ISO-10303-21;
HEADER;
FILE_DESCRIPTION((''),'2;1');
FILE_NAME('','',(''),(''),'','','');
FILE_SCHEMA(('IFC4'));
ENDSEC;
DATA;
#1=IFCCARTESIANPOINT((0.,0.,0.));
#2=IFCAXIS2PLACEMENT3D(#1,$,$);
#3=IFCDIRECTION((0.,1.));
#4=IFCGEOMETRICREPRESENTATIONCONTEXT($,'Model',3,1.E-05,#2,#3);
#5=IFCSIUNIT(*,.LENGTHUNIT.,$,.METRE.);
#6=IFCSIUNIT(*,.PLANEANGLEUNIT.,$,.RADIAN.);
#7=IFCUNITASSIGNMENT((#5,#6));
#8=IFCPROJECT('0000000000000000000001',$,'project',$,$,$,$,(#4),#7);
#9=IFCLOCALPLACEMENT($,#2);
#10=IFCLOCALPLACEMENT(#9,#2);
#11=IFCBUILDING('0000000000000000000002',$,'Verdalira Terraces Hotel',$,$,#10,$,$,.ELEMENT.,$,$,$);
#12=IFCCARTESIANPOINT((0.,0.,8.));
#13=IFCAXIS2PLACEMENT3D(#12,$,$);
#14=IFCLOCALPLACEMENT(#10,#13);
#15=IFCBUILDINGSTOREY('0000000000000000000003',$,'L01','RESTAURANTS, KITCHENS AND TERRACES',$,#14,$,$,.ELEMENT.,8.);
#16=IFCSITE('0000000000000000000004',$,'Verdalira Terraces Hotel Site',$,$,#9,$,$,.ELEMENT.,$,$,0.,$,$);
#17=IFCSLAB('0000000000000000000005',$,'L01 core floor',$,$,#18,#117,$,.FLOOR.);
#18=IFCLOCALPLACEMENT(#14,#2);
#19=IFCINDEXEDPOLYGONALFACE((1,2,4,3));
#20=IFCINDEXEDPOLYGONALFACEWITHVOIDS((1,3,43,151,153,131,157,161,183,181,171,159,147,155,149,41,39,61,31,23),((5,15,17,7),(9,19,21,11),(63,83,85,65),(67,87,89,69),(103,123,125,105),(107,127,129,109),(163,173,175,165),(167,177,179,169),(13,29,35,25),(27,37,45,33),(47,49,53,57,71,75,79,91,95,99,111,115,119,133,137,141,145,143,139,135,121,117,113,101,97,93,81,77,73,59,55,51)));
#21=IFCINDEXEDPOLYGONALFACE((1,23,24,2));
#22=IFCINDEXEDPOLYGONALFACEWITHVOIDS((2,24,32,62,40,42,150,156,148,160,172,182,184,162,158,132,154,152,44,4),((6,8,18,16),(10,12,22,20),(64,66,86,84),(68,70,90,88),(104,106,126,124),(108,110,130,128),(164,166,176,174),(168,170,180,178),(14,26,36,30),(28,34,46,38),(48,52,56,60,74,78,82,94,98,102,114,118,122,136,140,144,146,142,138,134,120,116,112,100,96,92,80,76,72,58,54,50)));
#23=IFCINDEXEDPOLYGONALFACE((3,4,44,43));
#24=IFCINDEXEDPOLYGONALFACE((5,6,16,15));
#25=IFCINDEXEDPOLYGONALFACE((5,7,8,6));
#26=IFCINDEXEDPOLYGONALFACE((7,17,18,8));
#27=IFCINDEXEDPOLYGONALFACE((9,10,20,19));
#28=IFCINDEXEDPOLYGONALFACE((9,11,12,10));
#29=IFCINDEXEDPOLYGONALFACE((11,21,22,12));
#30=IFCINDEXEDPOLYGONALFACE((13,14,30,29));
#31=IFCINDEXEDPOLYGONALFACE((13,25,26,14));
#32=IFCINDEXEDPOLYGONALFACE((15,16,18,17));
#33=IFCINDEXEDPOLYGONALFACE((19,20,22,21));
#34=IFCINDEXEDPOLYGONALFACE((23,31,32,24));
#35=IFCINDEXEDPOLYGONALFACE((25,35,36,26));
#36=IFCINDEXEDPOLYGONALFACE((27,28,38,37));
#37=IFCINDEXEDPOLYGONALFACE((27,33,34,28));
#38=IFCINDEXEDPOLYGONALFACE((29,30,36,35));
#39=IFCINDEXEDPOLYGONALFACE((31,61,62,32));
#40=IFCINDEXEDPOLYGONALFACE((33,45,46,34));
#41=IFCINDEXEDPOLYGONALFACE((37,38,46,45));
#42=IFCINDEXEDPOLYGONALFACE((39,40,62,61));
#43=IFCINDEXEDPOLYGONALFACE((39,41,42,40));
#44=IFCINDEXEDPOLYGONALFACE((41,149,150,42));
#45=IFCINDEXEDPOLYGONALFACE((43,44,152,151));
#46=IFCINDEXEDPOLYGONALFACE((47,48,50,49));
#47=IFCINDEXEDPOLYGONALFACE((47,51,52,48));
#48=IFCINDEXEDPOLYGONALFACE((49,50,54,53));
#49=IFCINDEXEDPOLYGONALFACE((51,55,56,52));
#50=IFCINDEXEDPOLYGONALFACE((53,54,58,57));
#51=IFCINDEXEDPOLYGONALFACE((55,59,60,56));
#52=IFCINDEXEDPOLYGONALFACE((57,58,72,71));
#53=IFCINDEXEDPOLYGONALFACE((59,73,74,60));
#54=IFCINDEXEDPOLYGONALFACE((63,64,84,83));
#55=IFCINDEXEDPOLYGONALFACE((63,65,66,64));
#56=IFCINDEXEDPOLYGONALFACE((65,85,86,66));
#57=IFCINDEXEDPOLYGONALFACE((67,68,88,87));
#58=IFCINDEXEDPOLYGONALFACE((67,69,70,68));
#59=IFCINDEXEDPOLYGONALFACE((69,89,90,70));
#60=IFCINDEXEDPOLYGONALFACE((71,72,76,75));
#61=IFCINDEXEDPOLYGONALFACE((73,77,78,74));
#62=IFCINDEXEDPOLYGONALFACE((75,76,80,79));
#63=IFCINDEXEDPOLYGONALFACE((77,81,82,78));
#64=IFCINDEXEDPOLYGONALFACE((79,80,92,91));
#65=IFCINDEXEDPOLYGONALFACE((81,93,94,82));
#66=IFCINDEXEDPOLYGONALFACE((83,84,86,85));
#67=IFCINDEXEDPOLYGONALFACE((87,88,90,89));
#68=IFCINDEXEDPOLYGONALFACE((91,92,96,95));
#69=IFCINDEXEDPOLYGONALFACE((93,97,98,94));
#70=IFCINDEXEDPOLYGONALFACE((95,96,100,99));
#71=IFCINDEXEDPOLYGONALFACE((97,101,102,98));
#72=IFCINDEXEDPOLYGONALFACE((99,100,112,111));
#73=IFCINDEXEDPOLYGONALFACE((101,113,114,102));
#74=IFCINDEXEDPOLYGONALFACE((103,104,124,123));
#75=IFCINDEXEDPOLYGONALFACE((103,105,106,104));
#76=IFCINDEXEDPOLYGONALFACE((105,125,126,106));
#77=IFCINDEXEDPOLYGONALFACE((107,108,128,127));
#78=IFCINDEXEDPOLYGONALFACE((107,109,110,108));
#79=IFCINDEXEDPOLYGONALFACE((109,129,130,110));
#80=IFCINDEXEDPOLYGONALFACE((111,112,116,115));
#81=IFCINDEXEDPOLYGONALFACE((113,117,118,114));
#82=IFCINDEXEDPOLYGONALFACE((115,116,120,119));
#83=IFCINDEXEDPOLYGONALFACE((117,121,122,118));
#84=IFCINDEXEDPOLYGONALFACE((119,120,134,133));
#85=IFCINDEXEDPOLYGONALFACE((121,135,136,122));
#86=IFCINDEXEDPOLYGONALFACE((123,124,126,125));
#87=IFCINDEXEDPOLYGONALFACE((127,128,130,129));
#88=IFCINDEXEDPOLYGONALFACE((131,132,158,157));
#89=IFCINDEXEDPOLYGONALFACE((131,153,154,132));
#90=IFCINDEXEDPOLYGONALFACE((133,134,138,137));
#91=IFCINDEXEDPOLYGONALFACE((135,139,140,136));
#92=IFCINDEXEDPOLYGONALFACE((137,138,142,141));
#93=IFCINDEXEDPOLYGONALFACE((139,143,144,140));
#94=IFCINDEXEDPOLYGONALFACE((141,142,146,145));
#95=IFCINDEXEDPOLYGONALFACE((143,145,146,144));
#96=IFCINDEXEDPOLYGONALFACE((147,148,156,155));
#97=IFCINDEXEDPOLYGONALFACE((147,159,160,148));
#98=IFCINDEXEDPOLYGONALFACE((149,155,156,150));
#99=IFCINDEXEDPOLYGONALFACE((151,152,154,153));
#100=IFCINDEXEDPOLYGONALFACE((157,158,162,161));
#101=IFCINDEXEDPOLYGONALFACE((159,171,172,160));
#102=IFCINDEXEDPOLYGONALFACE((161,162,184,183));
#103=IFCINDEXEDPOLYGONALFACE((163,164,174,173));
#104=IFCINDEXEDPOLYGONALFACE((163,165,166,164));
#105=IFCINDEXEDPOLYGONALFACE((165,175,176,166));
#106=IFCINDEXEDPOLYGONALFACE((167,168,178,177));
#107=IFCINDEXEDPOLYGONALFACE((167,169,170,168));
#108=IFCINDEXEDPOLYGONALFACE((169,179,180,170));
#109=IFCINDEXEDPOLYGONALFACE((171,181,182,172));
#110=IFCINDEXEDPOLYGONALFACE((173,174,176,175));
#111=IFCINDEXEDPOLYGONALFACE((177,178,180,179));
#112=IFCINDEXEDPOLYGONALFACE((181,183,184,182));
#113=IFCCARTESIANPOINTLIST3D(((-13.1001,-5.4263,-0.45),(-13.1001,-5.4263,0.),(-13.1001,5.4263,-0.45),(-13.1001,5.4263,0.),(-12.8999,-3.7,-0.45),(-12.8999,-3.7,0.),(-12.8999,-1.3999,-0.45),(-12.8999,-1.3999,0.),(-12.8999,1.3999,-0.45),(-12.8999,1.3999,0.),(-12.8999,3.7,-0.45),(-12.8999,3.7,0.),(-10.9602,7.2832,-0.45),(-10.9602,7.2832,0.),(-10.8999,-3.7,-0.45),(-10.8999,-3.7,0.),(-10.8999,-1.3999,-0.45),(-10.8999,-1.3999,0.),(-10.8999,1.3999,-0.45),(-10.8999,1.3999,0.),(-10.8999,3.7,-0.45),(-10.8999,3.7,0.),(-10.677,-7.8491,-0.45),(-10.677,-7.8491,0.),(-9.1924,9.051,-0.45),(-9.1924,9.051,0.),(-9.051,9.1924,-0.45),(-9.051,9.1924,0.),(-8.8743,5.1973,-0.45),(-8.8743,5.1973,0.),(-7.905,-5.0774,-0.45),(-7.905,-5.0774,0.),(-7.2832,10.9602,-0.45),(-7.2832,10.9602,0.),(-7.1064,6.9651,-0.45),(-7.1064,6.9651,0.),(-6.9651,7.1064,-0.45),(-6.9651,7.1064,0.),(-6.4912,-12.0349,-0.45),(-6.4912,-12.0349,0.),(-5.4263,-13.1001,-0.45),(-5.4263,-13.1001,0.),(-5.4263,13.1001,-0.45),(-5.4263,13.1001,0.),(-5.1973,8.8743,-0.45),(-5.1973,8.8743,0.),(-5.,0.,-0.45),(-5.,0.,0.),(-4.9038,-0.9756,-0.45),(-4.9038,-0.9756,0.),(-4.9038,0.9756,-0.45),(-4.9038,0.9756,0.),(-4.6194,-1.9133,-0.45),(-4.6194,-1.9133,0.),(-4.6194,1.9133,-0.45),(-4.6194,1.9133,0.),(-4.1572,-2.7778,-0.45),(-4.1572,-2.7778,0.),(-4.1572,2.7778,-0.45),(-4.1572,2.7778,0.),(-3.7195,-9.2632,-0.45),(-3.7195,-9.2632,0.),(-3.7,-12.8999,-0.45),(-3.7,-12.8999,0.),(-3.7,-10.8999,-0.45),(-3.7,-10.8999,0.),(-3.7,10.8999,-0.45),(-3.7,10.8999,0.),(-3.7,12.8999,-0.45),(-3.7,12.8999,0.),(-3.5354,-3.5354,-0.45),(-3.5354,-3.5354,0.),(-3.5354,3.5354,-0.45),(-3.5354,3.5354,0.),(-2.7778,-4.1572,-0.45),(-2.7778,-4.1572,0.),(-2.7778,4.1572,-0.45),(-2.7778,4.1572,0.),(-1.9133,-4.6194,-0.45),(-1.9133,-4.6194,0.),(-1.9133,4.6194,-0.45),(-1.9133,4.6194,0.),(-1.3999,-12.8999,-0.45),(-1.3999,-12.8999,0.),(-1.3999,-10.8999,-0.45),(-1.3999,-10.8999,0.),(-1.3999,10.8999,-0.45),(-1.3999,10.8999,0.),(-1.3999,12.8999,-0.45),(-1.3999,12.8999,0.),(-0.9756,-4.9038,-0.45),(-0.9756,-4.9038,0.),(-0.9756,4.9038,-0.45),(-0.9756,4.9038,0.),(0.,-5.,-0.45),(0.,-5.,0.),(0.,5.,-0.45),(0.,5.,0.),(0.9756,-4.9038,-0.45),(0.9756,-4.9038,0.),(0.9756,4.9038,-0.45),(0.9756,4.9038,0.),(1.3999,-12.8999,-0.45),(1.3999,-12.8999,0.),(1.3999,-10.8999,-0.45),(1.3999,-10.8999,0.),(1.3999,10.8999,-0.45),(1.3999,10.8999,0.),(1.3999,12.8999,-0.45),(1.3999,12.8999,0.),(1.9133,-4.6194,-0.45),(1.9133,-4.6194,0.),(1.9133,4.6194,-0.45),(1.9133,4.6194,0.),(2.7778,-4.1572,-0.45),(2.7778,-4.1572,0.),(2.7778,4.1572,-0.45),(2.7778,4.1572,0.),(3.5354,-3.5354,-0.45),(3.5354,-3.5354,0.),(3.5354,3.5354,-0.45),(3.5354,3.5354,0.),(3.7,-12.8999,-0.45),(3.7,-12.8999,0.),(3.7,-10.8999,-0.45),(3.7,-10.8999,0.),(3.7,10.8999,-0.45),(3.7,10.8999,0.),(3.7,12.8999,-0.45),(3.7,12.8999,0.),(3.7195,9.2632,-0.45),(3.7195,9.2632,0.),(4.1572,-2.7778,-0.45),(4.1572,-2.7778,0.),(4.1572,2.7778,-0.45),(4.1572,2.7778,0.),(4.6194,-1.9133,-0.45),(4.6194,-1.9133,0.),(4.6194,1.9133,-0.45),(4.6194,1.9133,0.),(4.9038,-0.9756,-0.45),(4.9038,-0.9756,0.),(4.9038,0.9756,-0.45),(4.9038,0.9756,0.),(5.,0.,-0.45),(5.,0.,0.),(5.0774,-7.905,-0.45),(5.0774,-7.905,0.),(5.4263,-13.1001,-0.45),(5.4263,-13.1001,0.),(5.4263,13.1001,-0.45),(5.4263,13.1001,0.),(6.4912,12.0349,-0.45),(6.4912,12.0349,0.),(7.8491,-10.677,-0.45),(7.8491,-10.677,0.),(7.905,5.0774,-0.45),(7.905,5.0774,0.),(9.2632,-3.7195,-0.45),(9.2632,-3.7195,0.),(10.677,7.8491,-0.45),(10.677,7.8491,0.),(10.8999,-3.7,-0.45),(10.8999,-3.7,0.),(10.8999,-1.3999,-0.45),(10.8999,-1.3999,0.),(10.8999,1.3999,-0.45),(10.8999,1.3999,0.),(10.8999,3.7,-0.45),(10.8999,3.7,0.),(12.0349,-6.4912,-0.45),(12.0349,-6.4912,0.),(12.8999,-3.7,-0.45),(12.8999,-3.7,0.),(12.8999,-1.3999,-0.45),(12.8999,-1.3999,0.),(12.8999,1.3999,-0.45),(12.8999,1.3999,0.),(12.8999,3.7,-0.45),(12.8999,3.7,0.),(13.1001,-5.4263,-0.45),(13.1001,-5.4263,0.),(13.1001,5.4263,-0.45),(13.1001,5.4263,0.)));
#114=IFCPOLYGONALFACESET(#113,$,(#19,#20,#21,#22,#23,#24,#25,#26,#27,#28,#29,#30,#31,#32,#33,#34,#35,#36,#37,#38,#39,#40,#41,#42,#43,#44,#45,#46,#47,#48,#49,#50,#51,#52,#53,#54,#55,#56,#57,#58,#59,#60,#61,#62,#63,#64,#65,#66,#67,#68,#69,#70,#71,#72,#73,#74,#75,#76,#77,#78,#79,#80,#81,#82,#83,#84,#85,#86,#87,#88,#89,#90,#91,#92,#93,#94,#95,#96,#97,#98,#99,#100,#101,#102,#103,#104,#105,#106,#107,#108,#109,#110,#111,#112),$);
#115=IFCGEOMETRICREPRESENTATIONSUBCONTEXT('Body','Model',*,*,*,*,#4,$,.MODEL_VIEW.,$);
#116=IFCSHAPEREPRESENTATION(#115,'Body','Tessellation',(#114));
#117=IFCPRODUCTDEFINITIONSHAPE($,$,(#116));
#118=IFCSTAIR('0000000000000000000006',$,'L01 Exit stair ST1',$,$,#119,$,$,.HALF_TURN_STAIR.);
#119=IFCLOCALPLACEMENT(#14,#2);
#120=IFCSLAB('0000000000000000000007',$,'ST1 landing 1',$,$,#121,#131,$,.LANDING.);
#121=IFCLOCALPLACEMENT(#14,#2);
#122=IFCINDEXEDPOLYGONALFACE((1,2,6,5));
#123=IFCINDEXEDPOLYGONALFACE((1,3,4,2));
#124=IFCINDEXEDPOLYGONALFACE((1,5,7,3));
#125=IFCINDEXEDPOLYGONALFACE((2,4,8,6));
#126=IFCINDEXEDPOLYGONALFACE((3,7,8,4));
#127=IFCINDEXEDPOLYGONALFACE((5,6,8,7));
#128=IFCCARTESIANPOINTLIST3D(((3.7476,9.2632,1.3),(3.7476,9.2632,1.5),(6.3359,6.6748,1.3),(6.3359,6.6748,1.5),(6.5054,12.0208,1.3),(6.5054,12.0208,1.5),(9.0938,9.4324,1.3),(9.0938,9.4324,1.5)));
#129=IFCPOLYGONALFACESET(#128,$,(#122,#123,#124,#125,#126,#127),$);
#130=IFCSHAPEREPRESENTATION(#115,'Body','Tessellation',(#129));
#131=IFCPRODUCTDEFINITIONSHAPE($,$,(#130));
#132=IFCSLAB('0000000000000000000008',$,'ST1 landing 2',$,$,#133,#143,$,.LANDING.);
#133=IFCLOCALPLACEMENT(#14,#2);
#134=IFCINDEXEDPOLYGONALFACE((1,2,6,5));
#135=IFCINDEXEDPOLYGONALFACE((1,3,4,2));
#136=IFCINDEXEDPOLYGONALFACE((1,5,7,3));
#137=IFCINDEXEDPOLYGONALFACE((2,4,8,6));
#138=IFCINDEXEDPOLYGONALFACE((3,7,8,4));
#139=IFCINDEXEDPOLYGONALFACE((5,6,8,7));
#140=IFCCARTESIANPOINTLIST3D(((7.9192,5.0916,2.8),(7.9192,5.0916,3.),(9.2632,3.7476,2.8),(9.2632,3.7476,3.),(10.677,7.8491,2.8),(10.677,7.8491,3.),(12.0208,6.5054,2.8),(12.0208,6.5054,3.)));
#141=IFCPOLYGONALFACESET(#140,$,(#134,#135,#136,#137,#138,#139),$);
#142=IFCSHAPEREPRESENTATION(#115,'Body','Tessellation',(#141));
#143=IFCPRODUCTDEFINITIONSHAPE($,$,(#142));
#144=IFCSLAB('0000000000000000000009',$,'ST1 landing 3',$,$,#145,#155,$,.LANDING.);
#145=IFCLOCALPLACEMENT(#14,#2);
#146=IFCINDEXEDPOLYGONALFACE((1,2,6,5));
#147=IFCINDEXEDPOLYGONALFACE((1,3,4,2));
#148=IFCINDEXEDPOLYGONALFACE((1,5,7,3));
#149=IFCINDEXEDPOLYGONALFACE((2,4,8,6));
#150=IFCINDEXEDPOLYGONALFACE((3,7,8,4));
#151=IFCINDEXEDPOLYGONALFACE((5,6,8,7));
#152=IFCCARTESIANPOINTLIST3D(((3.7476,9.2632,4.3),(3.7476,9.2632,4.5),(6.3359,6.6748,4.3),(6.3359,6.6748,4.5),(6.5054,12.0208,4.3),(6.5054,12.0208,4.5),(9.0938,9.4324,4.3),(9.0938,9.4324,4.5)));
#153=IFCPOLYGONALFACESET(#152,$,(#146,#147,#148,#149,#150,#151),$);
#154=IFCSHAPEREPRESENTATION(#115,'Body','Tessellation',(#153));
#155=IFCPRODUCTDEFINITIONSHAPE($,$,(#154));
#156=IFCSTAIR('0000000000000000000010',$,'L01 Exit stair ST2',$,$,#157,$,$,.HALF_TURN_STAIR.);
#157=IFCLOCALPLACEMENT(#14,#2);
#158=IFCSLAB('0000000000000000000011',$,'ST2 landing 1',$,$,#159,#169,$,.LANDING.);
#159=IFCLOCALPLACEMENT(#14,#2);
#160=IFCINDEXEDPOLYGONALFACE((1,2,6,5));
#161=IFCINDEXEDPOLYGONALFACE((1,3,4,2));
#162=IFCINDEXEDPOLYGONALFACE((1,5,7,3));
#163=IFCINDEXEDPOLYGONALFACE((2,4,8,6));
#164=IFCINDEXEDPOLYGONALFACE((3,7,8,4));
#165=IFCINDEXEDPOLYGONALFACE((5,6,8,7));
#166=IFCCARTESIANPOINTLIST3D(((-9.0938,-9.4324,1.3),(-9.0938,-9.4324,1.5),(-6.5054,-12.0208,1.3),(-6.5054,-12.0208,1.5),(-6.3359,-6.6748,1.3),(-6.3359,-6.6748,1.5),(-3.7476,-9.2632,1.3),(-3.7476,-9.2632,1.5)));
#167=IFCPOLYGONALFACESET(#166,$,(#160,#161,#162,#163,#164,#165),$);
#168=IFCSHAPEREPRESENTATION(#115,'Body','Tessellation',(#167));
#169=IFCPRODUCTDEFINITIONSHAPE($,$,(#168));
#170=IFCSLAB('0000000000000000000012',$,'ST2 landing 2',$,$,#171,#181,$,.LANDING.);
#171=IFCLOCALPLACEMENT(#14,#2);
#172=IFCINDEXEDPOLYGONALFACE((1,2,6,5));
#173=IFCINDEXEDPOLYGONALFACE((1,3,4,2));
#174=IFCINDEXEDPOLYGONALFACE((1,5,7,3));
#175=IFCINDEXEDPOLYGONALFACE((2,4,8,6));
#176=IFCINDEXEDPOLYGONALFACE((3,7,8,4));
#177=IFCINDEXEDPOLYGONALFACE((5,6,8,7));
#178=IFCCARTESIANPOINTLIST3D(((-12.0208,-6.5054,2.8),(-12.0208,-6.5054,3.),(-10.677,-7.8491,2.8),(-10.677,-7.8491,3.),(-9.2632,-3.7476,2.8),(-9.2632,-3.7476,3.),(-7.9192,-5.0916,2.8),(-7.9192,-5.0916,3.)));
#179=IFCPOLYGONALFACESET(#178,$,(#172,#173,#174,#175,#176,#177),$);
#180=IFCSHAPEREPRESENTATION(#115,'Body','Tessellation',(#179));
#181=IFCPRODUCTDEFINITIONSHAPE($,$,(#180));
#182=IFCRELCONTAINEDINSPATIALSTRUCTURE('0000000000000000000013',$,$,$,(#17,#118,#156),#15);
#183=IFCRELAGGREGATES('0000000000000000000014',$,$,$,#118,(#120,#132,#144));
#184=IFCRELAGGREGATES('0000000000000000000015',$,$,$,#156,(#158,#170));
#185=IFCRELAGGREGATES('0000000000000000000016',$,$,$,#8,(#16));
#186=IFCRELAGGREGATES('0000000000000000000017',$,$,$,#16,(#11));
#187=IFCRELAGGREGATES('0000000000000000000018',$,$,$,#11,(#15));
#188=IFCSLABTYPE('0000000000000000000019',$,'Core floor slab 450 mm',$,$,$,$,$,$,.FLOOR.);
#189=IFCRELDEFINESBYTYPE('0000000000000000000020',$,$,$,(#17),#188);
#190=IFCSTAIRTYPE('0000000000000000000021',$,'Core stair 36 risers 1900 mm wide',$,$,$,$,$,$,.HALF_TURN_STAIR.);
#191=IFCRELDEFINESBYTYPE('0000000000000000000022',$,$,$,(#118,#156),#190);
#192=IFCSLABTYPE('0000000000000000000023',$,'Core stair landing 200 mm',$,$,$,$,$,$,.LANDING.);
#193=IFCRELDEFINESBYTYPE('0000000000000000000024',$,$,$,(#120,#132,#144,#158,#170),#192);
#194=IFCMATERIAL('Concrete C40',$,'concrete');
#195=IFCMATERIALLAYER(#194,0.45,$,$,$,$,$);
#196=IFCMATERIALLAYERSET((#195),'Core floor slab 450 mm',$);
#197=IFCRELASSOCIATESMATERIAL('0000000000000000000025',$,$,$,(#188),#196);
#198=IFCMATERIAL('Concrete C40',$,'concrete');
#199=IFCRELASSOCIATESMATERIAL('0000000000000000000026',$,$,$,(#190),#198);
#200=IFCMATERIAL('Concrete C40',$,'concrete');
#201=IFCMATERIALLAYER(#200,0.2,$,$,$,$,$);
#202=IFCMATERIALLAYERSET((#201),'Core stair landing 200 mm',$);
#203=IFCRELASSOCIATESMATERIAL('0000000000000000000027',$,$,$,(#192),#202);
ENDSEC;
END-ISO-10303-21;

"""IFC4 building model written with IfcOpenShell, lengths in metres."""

from ifc_helpers import new_model, si_unit, direction, frame, origin, place, context, subcontext, project, spatial, polyline, outline, extrude, material, layer, layer_set, type_object, element, aggregate, save


model = new_model("IFC4")

# Units and contexts
model_context = context("Model", 3, precision=1e-05, world=origin(), true_north=direction((0.0, 1.0)))
body_context = subcontext(model_context, "Body", "Model", "MODEL_VIEW")
ifc_project = project(units=[si_unit("LENGTHUNIT", "METRE"), si_unit("PLANEANGLEUNIT", "RADIAN")], contexts=[model_context])

# Site, building, storey
site_placement = place(None, origin())
site = spatial("IfcSite", under=ifc_project, at=site_placement, Name="Verdalira Terraces Hotel Site", CompositionType="ELEMENT", RefElevation=0.0)
building_placement = place(site_placement, origin())
building = spatial("IfcBuilding", under=site, at=building_placement, Name="Verdalira Terraces Hotel", CompositionType="ELEMENT")
storey_placement = place(building_placement, frame((0.0, 0.0, 8.0)))
storey = spatial("IfcBuildingStorey", under=building, at=storey_placement, Name="L01", Description="RESTAURANTS, KITCHENS AND TERRACES", CompositionType="ELEMENT", Elevation=8.0)

# Slab
ifc_material_1 = material(Name="Concrete C40", Category="concrete")
ifc_layer_1 = layer(ifc_material_1, 0.45)
ifc_layer_set_1 = layer_set([ifc_layer_1], Name="Core floor slab 450 mm")
slab_type_1 = type_object("IfcSlabType", Name="Core floor slab 450 mm", PredefinedType="FLOOR", material=ifc_layer_set_1)
slab_1_placement = place(storey_placement, frame((0.0, 0.0, -0.45)))
element("IfcSlab", 1, at=slab_1_placement, inside=storey, type_object=slab_type_1, Name="L01 core floor", PredefinedType="FLOOR", context=body_context, shape_type="SweptSolid", body=[
    extrude(outline(polyline([(-5.4263, 13.1001), (5.4263, 13.1001), (6.4912, 12.0349), (3.7195, 9.2632), (7.905, 5.0774), (10.677, 7.8491), (13.1001, 5.4263), (13.1001, -5.4263), (12.0349, -6.4912), (9.2632, -3.7195), (5.0774, -7.905), (7.8491, -10.677), (5.4263, -13.1001), (-5.4263, -13.1001), (-6.4912, -12.0349), (-3.7195, -9.2632), (-7.905, -5.0774), (-10.677, -7.8491), (-13.1001, -5.4263), (-13.1001, 5.4263), (-5.4263, 13.1001)]), holes=[polyline([(12.8999, -3.7), (12.8999, -1.3999), (10.8999, -1.3999), (10.8999, -3.7), (12.8999, -3.7)]), polyline([(12.8999, 1.3999), (12.8999, 3.7), (10.8999, 3.7), (10.8999, 1.3999), (12.8999, 1.3999)]), polyline([(1.3999, 10.8999), (3.7, 10.8999), (3.7, 12.8999), (1.3999, 12.8999), (1.3999, 10.8999)]), polyline([(-3.7, 10.8999), (-1.3999, 10.8999), (-1.3999, 12.8999), (-3.7, 12.8999), (-3.7, 10.8999)]), polyline([(-12.8999, 3.7), (-12.8999, 1.3999), (-10.8999, 1.3999), (-10.8999, 3.7), (-12.8999, 3.7)]), polyline([(-12.8999, -1.3999), (-12.8999, -3.7), (-10.8999, -3.7), (-10.8999, -1.3999), (-12.8999, -1.3999)]), polyline([(-1.3999, -10.8999), (-3.7, -10.8999), (-3.7, -12.8999), (-1.3999, -12.8999), (-1.3999, -10.8999)]), polyline([(3.7, -10.8999), (1.3999, -10.8999), (1.3999, -12.8999), (3.7, -12.8999), (3.7, -10.8999)]), polyline([(-9.051, 9.1924), (-6.9651, 7.1064), (-5.1973, 8.8743), (-7.2832, 10.9602), (-9.051, 9.1924)]), polyline([(-9.1924, 9.051), (-10.9602, 7.2832), (-8.8743, 5.1973), (-7.1064, 6.9651), (-9.1924, 9.051)]), polyline([(3.5354, 3.5354), (2.7778, 4.1572), (1.9133, 4.6194), (0.9756, 4.9038), (0.0, 5.0), (-0.9756, 4.9038), (-1.9133, 4.6194), (-2.7778, 4.1572), (-3.5354, 3.5354), (-4.1572, 2.7778), (-4.6194, 1.9133), (-4.9038, 0.9756), (-5.0, 0.0), (-4.9038, -0.9756), (-4.6194, -1.9133), (-4.1572, -2.7778), (-3.5354, -3.5354), (-2.7778, -4.1572), (-1.9133, -4.6194), (-0.9756, -4.9038), (0.0, -5.0), (0.9756, -4.9038), (1.9133, -4.6194), (2.7778, -4.1572), (3.5354, -3.5354), (4.1572, -2.7778), (4.6194, -1.9133), (4.9038, -0.9756), (5.0, 0.0), (4.9038, 0.9756), (4.6194, 1.9133), (4.1572, 2.7778), (3.5354, 3.5354)])]), origin(), (0.0, 0.0, 1.0), 0.45),
])

# Stairs, slabs
ifc_material_2 = material(Name="Concrete C40", Category="concrete")
stair_type_1 = type_object("IfcStairType", Name="Core stair 36 risers 1900 mm wide", PredefinedType="HALF_TURN_STAIR", material=ifc_material_2)
stair_1_placement = place(storey_placement, origin())
stair_1 = element("IfcStair", 2, at=stair_1_placement, inside=storey, type_object=stair_type_1, Name="L01 Exit stair ST1", PredefinedType="HALF_TURN_STAIR")
ifc_material_3 = material(Name="Concrete C40", Category="concrete")
ifc_layer_2 = layer(ifc_material_3, 0.2)
ifc_layer_set_2 = layer_set([ifc_layer_2], Name="Core stair landing 200 mm")
slab_type_2 = type_object("IfcSlabType", Name="Core stair landing 200 mm", PredefinedType="LANDING", material=ifc_layer_set_2)
slab_2_placement = place(storey_placement, frame((0.0, 0.0, 1.3)))
slab_2 = element("IfcSlab", 3, at=slab_2_placement, type_object=slab_type_2, Name="ST1 landing 1", PredefinedType="LANDING", context=body_context, shape_type="SweptSolid", body=[
    extrude(outline(polyline([(9.0938, 9.4324), (6.5054, 12.0208), (3.7476, 9.2632), (6.3359, 6.6748), (9.0938, 9.4324)])), origin(), (0.0, 0.0, 1.0), 0.2),
])
slab_3_placement = place(storey_placement, frame((0.0, 0.0, 2.8)))
slab_3 = element("IfcSlab", 4, at=slab_3_placement, type_object=slab_type_2, Name="ST1 landing 2", PredefinedType="LANDING", context=body_context, shape_type="SweptSolid", body=[
    extrude(outline(polyline([(12.0208, 6.5054), (10.677, 7.8491), (7.9192, 5.0916), (9.2632, 3.7476), (12.0208, 6.5054)])), origin(), (0.0, 0.0, 1.0), 0.2),
])
slab_4_placement = place(storey_placement, frame((0.0, 0.0, 4.3)))
slab_4 = element("IfcSlab", 5, at=slab_4_placement, type_object=slab_type_2, Name="ST1 landing 3", PredefinedType="LANDING", context=body_context, shape_type="SweptSolid", body=[
    extrude(outline(polyline([(9.0938, 9.4324), (6.5054, 12.0208), (3.7476, 9.2632), (6.3359, 6.6748), (9.0938, 9.4324)])), origin(), (0.0, 0.0, 1.0), 0.2),
])
aggregate(stair_1, [slab_2, slab_3, slab_4])
stair_2_placement = place(storey_placement, origin())
stair_2 = element("IfcStair", 6, at=stair_2_placement, inside=storey, type_object=stair_type_1, Name="L01 Exit stair ST2", PredefinedType="HALF_TURN_STAIR")
slab_5_placement = place(storey_placement, frame((0.0, 0.0, 1.3)))
slab_5 = element("IfcSlab", 7, at=slab_5_placement, type_object=slab_type_2, Name="ST2 landing 1", PredefinedType="LANDING", context=body_context, shape_type="SweptSolid", body=[
    extrude(outline(polyline([(-9.0938, -9.4324), (-6.5054, -12.0208), (-3.7476, -9.2632), (-6.3359, -6.6748), (-9.0938, -9.4324)])), origin(), (0.0, 0.0, 1.0), 0.2),
])
slab_6_placement = place(storey_placement, frame((0.0, 0.0, 2.8)))
slab_6 = element("IfcSlab", 8, at=slab_6_placement, type_object=slab_type_2, Name="ST2 landing 2", PredefinedType="LANDING", context=body_context, shape_type="SweptSolid", body=[
    extrude(outline(polyline([(-12.0208, -6.5054), (-10.677, -7.8491), (-7.9192, -5.0916), (-9.2632, -3.7476), (-12.0208, -6.5054)])), origin(), (0.0, 0.0, 1.0), 0.2),
])
aggregate(stair_2, [slab_5, slab_6])

save(model, "model.ifc")
